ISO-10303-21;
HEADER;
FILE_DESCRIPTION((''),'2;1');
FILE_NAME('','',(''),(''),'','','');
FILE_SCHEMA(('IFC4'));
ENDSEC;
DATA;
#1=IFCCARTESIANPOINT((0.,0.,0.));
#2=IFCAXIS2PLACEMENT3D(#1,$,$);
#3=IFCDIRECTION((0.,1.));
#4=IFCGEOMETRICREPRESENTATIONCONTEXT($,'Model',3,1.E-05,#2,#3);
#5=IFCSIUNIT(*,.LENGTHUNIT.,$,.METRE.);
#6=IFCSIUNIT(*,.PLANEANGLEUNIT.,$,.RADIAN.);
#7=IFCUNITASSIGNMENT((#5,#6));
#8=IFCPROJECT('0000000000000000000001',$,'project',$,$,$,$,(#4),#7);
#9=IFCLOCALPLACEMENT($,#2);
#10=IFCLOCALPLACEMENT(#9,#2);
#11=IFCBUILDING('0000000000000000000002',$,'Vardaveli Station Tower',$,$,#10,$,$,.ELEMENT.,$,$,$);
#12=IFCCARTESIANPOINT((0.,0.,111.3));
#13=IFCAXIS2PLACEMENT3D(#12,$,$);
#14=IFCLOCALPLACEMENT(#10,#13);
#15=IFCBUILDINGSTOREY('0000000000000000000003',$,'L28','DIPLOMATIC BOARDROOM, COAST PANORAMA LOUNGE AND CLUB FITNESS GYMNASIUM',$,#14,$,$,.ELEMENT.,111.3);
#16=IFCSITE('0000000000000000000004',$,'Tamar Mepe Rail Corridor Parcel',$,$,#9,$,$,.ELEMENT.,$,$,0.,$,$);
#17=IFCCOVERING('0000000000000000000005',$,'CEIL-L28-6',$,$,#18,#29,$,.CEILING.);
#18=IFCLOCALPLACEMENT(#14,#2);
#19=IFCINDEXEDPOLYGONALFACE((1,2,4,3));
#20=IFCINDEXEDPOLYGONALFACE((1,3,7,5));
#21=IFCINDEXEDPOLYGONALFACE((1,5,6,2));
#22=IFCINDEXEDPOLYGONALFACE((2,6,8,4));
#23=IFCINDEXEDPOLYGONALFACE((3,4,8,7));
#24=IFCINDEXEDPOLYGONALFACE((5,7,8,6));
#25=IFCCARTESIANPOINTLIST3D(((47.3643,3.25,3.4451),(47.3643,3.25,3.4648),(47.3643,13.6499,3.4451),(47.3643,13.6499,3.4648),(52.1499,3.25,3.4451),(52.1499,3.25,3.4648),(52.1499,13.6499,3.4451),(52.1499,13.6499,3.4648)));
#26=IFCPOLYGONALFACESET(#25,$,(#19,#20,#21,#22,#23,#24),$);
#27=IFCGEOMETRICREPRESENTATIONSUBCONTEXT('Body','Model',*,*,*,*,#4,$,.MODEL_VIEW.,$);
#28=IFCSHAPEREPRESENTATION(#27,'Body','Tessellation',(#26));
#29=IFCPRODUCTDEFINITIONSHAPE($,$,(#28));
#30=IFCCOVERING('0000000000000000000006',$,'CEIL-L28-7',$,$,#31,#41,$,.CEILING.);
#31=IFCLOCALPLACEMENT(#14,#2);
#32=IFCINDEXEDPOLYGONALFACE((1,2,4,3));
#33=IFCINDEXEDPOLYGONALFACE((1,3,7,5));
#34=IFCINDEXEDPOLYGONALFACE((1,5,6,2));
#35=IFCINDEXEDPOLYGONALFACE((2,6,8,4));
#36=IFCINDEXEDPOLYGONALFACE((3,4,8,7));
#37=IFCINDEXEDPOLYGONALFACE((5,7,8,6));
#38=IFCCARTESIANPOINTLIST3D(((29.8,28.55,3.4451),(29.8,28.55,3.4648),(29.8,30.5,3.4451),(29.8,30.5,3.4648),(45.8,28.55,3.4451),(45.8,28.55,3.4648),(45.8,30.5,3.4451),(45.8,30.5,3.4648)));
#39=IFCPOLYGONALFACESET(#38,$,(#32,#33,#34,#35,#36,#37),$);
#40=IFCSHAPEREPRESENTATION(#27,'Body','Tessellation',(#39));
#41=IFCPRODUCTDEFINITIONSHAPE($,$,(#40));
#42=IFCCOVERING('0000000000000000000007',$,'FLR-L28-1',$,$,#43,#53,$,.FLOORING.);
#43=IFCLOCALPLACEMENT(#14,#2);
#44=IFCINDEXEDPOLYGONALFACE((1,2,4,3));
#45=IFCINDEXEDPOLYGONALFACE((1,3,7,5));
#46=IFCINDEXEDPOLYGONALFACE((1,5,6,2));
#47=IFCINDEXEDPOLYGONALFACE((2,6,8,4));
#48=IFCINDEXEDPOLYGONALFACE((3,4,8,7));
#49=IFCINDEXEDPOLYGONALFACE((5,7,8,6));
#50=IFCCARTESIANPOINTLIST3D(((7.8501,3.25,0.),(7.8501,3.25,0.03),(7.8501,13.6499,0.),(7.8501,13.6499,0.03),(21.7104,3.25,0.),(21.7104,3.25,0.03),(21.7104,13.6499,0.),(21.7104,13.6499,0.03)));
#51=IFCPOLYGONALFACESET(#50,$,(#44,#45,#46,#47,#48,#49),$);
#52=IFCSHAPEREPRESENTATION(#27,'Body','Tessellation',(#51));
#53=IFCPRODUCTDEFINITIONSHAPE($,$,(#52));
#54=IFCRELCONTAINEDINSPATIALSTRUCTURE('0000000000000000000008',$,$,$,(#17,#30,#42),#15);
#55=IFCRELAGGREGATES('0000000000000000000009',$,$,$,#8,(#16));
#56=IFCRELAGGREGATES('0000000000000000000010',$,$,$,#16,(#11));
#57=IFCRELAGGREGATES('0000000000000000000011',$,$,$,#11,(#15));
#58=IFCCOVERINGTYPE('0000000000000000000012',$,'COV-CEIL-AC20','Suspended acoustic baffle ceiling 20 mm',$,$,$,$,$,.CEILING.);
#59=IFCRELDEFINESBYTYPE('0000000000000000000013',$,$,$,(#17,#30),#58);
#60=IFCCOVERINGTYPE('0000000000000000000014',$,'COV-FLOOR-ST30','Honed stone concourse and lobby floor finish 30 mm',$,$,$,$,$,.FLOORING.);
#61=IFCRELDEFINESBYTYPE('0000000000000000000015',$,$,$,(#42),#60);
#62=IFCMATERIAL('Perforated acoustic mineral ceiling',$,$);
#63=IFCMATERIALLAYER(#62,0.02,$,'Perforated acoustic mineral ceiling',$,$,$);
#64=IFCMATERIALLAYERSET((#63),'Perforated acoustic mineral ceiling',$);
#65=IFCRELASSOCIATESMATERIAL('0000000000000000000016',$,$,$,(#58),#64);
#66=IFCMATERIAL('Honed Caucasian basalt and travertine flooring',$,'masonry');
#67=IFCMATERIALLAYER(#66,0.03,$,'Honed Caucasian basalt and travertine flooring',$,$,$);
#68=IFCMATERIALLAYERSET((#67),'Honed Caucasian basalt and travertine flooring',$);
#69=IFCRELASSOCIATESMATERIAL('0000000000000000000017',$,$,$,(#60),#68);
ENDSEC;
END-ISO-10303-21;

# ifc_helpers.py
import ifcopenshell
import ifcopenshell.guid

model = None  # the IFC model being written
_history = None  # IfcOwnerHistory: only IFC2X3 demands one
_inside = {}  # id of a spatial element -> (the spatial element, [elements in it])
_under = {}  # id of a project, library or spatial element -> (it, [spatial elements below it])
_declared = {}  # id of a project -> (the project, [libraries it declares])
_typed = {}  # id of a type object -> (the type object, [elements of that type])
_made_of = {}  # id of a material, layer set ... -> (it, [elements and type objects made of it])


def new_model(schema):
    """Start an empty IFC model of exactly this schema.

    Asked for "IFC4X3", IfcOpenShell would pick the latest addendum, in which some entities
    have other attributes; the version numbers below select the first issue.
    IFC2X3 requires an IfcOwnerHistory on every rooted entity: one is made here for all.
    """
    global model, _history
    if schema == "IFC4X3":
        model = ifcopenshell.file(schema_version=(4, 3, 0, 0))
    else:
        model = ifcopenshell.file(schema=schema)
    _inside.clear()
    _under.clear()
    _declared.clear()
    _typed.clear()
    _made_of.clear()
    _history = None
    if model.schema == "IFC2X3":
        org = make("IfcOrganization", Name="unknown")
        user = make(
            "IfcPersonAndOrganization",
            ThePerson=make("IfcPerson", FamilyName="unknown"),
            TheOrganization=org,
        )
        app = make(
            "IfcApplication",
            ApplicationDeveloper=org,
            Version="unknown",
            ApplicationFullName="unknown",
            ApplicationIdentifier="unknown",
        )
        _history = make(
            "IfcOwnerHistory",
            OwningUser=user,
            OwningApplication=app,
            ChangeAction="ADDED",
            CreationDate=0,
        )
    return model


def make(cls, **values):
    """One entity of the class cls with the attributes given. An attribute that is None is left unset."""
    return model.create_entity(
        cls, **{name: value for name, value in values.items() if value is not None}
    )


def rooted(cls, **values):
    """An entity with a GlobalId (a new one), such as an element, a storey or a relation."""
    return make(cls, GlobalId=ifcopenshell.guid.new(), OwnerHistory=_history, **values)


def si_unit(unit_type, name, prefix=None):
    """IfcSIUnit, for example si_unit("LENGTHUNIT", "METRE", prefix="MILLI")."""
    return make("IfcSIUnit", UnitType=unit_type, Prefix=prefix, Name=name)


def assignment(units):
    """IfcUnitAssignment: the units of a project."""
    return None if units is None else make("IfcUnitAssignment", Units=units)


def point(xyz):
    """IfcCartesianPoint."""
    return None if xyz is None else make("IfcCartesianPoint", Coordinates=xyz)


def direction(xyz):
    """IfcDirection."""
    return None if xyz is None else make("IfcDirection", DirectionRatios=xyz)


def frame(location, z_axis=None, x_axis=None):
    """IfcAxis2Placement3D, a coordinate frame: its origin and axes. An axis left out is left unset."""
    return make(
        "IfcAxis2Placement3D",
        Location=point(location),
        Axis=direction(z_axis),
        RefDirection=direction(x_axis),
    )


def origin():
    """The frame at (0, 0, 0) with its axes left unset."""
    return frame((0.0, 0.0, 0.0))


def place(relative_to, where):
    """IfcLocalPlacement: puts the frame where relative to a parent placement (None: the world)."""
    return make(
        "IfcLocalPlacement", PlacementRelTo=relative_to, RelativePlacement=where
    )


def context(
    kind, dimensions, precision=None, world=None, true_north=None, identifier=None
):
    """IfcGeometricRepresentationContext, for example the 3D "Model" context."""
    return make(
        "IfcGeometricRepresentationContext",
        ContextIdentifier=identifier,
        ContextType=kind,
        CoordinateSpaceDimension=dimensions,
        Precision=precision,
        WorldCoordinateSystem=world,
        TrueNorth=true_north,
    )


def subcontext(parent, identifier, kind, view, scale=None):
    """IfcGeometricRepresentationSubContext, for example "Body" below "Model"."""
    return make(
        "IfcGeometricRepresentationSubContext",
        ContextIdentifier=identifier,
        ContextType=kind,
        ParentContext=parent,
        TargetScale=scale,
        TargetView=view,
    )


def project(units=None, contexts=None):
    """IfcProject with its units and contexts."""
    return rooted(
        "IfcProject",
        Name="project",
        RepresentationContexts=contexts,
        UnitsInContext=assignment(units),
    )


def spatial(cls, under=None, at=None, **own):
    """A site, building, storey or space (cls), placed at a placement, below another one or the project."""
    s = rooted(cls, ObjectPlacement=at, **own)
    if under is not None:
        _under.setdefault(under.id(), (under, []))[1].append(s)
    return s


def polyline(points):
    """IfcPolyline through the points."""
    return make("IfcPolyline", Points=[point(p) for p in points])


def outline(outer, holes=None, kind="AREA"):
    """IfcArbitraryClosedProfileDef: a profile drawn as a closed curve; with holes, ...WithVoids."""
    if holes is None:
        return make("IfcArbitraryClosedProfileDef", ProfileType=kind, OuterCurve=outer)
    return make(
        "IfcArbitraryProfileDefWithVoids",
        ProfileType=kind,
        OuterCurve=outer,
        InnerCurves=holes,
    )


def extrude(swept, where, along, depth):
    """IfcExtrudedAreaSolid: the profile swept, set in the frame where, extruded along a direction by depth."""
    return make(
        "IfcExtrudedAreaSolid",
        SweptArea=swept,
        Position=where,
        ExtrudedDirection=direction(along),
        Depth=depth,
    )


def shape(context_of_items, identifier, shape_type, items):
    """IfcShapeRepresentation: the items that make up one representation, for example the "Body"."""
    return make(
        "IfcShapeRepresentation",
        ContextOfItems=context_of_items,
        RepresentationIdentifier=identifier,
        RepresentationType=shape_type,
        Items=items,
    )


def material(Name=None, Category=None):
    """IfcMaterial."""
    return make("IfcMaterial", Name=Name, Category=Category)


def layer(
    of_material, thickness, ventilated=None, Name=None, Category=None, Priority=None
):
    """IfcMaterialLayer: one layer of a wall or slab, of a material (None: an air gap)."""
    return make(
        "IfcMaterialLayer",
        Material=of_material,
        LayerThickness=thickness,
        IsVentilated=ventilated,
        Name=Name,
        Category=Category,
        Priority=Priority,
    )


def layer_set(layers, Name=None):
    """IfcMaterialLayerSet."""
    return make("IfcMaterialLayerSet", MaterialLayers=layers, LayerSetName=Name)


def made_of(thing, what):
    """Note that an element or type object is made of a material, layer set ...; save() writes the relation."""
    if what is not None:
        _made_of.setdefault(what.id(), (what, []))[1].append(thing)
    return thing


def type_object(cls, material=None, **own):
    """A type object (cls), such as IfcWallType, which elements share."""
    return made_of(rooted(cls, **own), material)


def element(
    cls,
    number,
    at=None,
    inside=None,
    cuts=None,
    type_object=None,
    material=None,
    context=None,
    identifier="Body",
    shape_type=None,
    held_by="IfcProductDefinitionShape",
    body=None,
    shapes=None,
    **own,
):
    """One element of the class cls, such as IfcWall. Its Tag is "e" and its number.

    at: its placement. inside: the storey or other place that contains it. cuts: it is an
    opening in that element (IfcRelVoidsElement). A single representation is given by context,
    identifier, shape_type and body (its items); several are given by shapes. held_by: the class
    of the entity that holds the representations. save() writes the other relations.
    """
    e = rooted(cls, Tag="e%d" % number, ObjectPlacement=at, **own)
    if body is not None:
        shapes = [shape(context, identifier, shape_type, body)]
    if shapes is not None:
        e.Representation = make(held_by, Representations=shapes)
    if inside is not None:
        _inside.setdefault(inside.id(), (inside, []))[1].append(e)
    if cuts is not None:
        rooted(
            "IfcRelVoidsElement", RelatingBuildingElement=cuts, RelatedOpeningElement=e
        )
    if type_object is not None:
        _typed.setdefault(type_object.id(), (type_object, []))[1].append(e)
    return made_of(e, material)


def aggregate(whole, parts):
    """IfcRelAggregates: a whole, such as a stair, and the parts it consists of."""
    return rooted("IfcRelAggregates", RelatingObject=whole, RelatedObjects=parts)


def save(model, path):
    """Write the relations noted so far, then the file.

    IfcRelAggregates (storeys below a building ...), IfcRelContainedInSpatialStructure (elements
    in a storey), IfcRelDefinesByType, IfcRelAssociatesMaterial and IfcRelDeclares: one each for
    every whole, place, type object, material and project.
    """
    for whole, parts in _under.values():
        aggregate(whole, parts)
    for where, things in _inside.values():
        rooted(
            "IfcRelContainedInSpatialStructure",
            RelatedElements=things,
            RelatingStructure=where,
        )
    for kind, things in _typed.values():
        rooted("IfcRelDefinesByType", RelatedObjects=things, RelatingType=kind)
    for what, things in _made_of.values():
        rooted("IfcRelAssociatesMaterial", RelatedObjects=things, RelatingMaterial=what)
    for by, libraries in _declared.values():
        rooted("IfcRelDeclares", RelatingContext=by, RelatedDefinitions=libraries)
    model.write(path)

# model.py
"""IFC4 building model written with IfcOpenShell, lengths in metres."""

from ifc_helpers import new_model, si_unit, direction, frame, origin, place, context, subcontext, project, spatial, polyline, outline, extrude, material, layer, layer_set, type_object, element, save


model = new_model("IFC4")

# Units and contexts
model_context = context("Model", 3, precision=1e-05, world=origin(), true_north=direction((0.0, 1.0)))
body_context = subcontext(model_context, "Body", "Model", "MODEL_VIEW")
ifc_project = project(units=[si_unit("LENGTHUNIT", "METRE"), si_unit("PLANEANGLEUNIT", "RADIAN")], contexts=[model_context])

# Site, building, storey
site_placement = place(None, origin())
site = spatial("IfcSite", under=ifc_project, at=site_placement, Name="Tamar Mepe Rail Corridor Parcel", CompositionType="ELEMENT", RefElevation=0.0)
building_placement = place(site_placement, origin())
building = spatial("IfcBuilding", under=site, at=building_placement, Name="Vardaveli Station Tower", CompositionType="ELEMENT")
storey_placement = place(building_placement, frame((0.0, 0.0, 111.3)))
storey = spatial("IfcBuildingStorey", under=building, at=storey_placement, Name="L28", Description="DIPLOMATIC BOARDROOM, COAST PANORAMA LOUNGE AND CLUB FITNESS GYMNASIUM", CompositionType="ELEMENT", Elevation=111.3)

# Coverings
ifc_material_1 = material(Name="Perforated acoustic mineral ceiling")
ifc_layer_1 = layer(ifc_material_1, 0.02, Name="Perforated acoustic mineral ceiling")
ifc_layer_set_1 = layer_set([ifc_layer_1], Name="Perforated acoustic mineral ceiling")
covering_type_1 = type_object("IfcCoveringType", Name="COV-CEIL-AC20", Description="Suspended acoustic baffle ceiling 20 mm", PredefinedType="CEILING", material=ifc_layer_set_1)
covering_1_placement = place(storey_placement, frame((0.0, 0.0, 3.4451)))
element("IfcCovering", 1, at=covering_1_placement, inside=storey, type_object=covering_type_1, Name="CEIL-L28-6", PredefinedType="CEILING", context=body_context, shape_type="SweptSolid", body=[
    extrude(outline(polyline([(47.3643, 3.25), (52.1499, 3.25), (52.1499, 13.6499), (47.3643, 13.6499), (47.3643, 3.25)])), origin(), (0.0, 0.0, 1.0), 0.0198),
])
covering_2_placement = place(storey_placement, frame((0.0, 0.0, 3.4451)))
element("IfcCovering", 2, at=covering_2_placement, inside=storey, type_object=covering_type_1, Name="CEIL-L28-7", PredefinedType="CEILING", context=body_context, shape_type="SweptSolid", body=[
    extrude(outline(polyline([(29.8, 28.55), (45.8, 28.55), (45.8, 30.5), (29.8, 30.5), (29.8, 28.55)])), origin(), (0.0, 0.0, 1.0), 0.0198),
])
ifc_material_2 = material(Name="Honed Caucasian basalt and travertine flooring", Category="masonry")
ifc_layer_2 = layer(ifc_material_2, 0.03, Name="Honed Caucasian basalt and travertine flooring")
ifc_layer_set_2 = layer_set([ifc_layer_2], Name="Honed Caucasian basalt and travertine flooring")
covering_type_2 = type_object("IfcCoveringType", Name="COV-FLOOR-ST30", Description="Honed stone concourse and lobby floor finish 30 mm", PredefinedType="FLOORING", material=ifc_layer_set_2)
covering_3_placement = place(storey_placement, origin())
element("IfcCovering", 3, at=covering_3_placement, inside=storey, type_object=covering_type_2, Name="FLR-L28-1", PredefinedType="FLOORING", context=body_context, shape_type="SweptSolid", body=[
    extrude(outline(polyline([(7.8501, 3.25), (21.7104, 3.25), (21.7104, 13.6499), (7.8501, 13.6499), (7.8501, 3.25)])), origin(), (0.0, 0.0, 1.0), 0.03),
])

save(model, "model.ifc")
